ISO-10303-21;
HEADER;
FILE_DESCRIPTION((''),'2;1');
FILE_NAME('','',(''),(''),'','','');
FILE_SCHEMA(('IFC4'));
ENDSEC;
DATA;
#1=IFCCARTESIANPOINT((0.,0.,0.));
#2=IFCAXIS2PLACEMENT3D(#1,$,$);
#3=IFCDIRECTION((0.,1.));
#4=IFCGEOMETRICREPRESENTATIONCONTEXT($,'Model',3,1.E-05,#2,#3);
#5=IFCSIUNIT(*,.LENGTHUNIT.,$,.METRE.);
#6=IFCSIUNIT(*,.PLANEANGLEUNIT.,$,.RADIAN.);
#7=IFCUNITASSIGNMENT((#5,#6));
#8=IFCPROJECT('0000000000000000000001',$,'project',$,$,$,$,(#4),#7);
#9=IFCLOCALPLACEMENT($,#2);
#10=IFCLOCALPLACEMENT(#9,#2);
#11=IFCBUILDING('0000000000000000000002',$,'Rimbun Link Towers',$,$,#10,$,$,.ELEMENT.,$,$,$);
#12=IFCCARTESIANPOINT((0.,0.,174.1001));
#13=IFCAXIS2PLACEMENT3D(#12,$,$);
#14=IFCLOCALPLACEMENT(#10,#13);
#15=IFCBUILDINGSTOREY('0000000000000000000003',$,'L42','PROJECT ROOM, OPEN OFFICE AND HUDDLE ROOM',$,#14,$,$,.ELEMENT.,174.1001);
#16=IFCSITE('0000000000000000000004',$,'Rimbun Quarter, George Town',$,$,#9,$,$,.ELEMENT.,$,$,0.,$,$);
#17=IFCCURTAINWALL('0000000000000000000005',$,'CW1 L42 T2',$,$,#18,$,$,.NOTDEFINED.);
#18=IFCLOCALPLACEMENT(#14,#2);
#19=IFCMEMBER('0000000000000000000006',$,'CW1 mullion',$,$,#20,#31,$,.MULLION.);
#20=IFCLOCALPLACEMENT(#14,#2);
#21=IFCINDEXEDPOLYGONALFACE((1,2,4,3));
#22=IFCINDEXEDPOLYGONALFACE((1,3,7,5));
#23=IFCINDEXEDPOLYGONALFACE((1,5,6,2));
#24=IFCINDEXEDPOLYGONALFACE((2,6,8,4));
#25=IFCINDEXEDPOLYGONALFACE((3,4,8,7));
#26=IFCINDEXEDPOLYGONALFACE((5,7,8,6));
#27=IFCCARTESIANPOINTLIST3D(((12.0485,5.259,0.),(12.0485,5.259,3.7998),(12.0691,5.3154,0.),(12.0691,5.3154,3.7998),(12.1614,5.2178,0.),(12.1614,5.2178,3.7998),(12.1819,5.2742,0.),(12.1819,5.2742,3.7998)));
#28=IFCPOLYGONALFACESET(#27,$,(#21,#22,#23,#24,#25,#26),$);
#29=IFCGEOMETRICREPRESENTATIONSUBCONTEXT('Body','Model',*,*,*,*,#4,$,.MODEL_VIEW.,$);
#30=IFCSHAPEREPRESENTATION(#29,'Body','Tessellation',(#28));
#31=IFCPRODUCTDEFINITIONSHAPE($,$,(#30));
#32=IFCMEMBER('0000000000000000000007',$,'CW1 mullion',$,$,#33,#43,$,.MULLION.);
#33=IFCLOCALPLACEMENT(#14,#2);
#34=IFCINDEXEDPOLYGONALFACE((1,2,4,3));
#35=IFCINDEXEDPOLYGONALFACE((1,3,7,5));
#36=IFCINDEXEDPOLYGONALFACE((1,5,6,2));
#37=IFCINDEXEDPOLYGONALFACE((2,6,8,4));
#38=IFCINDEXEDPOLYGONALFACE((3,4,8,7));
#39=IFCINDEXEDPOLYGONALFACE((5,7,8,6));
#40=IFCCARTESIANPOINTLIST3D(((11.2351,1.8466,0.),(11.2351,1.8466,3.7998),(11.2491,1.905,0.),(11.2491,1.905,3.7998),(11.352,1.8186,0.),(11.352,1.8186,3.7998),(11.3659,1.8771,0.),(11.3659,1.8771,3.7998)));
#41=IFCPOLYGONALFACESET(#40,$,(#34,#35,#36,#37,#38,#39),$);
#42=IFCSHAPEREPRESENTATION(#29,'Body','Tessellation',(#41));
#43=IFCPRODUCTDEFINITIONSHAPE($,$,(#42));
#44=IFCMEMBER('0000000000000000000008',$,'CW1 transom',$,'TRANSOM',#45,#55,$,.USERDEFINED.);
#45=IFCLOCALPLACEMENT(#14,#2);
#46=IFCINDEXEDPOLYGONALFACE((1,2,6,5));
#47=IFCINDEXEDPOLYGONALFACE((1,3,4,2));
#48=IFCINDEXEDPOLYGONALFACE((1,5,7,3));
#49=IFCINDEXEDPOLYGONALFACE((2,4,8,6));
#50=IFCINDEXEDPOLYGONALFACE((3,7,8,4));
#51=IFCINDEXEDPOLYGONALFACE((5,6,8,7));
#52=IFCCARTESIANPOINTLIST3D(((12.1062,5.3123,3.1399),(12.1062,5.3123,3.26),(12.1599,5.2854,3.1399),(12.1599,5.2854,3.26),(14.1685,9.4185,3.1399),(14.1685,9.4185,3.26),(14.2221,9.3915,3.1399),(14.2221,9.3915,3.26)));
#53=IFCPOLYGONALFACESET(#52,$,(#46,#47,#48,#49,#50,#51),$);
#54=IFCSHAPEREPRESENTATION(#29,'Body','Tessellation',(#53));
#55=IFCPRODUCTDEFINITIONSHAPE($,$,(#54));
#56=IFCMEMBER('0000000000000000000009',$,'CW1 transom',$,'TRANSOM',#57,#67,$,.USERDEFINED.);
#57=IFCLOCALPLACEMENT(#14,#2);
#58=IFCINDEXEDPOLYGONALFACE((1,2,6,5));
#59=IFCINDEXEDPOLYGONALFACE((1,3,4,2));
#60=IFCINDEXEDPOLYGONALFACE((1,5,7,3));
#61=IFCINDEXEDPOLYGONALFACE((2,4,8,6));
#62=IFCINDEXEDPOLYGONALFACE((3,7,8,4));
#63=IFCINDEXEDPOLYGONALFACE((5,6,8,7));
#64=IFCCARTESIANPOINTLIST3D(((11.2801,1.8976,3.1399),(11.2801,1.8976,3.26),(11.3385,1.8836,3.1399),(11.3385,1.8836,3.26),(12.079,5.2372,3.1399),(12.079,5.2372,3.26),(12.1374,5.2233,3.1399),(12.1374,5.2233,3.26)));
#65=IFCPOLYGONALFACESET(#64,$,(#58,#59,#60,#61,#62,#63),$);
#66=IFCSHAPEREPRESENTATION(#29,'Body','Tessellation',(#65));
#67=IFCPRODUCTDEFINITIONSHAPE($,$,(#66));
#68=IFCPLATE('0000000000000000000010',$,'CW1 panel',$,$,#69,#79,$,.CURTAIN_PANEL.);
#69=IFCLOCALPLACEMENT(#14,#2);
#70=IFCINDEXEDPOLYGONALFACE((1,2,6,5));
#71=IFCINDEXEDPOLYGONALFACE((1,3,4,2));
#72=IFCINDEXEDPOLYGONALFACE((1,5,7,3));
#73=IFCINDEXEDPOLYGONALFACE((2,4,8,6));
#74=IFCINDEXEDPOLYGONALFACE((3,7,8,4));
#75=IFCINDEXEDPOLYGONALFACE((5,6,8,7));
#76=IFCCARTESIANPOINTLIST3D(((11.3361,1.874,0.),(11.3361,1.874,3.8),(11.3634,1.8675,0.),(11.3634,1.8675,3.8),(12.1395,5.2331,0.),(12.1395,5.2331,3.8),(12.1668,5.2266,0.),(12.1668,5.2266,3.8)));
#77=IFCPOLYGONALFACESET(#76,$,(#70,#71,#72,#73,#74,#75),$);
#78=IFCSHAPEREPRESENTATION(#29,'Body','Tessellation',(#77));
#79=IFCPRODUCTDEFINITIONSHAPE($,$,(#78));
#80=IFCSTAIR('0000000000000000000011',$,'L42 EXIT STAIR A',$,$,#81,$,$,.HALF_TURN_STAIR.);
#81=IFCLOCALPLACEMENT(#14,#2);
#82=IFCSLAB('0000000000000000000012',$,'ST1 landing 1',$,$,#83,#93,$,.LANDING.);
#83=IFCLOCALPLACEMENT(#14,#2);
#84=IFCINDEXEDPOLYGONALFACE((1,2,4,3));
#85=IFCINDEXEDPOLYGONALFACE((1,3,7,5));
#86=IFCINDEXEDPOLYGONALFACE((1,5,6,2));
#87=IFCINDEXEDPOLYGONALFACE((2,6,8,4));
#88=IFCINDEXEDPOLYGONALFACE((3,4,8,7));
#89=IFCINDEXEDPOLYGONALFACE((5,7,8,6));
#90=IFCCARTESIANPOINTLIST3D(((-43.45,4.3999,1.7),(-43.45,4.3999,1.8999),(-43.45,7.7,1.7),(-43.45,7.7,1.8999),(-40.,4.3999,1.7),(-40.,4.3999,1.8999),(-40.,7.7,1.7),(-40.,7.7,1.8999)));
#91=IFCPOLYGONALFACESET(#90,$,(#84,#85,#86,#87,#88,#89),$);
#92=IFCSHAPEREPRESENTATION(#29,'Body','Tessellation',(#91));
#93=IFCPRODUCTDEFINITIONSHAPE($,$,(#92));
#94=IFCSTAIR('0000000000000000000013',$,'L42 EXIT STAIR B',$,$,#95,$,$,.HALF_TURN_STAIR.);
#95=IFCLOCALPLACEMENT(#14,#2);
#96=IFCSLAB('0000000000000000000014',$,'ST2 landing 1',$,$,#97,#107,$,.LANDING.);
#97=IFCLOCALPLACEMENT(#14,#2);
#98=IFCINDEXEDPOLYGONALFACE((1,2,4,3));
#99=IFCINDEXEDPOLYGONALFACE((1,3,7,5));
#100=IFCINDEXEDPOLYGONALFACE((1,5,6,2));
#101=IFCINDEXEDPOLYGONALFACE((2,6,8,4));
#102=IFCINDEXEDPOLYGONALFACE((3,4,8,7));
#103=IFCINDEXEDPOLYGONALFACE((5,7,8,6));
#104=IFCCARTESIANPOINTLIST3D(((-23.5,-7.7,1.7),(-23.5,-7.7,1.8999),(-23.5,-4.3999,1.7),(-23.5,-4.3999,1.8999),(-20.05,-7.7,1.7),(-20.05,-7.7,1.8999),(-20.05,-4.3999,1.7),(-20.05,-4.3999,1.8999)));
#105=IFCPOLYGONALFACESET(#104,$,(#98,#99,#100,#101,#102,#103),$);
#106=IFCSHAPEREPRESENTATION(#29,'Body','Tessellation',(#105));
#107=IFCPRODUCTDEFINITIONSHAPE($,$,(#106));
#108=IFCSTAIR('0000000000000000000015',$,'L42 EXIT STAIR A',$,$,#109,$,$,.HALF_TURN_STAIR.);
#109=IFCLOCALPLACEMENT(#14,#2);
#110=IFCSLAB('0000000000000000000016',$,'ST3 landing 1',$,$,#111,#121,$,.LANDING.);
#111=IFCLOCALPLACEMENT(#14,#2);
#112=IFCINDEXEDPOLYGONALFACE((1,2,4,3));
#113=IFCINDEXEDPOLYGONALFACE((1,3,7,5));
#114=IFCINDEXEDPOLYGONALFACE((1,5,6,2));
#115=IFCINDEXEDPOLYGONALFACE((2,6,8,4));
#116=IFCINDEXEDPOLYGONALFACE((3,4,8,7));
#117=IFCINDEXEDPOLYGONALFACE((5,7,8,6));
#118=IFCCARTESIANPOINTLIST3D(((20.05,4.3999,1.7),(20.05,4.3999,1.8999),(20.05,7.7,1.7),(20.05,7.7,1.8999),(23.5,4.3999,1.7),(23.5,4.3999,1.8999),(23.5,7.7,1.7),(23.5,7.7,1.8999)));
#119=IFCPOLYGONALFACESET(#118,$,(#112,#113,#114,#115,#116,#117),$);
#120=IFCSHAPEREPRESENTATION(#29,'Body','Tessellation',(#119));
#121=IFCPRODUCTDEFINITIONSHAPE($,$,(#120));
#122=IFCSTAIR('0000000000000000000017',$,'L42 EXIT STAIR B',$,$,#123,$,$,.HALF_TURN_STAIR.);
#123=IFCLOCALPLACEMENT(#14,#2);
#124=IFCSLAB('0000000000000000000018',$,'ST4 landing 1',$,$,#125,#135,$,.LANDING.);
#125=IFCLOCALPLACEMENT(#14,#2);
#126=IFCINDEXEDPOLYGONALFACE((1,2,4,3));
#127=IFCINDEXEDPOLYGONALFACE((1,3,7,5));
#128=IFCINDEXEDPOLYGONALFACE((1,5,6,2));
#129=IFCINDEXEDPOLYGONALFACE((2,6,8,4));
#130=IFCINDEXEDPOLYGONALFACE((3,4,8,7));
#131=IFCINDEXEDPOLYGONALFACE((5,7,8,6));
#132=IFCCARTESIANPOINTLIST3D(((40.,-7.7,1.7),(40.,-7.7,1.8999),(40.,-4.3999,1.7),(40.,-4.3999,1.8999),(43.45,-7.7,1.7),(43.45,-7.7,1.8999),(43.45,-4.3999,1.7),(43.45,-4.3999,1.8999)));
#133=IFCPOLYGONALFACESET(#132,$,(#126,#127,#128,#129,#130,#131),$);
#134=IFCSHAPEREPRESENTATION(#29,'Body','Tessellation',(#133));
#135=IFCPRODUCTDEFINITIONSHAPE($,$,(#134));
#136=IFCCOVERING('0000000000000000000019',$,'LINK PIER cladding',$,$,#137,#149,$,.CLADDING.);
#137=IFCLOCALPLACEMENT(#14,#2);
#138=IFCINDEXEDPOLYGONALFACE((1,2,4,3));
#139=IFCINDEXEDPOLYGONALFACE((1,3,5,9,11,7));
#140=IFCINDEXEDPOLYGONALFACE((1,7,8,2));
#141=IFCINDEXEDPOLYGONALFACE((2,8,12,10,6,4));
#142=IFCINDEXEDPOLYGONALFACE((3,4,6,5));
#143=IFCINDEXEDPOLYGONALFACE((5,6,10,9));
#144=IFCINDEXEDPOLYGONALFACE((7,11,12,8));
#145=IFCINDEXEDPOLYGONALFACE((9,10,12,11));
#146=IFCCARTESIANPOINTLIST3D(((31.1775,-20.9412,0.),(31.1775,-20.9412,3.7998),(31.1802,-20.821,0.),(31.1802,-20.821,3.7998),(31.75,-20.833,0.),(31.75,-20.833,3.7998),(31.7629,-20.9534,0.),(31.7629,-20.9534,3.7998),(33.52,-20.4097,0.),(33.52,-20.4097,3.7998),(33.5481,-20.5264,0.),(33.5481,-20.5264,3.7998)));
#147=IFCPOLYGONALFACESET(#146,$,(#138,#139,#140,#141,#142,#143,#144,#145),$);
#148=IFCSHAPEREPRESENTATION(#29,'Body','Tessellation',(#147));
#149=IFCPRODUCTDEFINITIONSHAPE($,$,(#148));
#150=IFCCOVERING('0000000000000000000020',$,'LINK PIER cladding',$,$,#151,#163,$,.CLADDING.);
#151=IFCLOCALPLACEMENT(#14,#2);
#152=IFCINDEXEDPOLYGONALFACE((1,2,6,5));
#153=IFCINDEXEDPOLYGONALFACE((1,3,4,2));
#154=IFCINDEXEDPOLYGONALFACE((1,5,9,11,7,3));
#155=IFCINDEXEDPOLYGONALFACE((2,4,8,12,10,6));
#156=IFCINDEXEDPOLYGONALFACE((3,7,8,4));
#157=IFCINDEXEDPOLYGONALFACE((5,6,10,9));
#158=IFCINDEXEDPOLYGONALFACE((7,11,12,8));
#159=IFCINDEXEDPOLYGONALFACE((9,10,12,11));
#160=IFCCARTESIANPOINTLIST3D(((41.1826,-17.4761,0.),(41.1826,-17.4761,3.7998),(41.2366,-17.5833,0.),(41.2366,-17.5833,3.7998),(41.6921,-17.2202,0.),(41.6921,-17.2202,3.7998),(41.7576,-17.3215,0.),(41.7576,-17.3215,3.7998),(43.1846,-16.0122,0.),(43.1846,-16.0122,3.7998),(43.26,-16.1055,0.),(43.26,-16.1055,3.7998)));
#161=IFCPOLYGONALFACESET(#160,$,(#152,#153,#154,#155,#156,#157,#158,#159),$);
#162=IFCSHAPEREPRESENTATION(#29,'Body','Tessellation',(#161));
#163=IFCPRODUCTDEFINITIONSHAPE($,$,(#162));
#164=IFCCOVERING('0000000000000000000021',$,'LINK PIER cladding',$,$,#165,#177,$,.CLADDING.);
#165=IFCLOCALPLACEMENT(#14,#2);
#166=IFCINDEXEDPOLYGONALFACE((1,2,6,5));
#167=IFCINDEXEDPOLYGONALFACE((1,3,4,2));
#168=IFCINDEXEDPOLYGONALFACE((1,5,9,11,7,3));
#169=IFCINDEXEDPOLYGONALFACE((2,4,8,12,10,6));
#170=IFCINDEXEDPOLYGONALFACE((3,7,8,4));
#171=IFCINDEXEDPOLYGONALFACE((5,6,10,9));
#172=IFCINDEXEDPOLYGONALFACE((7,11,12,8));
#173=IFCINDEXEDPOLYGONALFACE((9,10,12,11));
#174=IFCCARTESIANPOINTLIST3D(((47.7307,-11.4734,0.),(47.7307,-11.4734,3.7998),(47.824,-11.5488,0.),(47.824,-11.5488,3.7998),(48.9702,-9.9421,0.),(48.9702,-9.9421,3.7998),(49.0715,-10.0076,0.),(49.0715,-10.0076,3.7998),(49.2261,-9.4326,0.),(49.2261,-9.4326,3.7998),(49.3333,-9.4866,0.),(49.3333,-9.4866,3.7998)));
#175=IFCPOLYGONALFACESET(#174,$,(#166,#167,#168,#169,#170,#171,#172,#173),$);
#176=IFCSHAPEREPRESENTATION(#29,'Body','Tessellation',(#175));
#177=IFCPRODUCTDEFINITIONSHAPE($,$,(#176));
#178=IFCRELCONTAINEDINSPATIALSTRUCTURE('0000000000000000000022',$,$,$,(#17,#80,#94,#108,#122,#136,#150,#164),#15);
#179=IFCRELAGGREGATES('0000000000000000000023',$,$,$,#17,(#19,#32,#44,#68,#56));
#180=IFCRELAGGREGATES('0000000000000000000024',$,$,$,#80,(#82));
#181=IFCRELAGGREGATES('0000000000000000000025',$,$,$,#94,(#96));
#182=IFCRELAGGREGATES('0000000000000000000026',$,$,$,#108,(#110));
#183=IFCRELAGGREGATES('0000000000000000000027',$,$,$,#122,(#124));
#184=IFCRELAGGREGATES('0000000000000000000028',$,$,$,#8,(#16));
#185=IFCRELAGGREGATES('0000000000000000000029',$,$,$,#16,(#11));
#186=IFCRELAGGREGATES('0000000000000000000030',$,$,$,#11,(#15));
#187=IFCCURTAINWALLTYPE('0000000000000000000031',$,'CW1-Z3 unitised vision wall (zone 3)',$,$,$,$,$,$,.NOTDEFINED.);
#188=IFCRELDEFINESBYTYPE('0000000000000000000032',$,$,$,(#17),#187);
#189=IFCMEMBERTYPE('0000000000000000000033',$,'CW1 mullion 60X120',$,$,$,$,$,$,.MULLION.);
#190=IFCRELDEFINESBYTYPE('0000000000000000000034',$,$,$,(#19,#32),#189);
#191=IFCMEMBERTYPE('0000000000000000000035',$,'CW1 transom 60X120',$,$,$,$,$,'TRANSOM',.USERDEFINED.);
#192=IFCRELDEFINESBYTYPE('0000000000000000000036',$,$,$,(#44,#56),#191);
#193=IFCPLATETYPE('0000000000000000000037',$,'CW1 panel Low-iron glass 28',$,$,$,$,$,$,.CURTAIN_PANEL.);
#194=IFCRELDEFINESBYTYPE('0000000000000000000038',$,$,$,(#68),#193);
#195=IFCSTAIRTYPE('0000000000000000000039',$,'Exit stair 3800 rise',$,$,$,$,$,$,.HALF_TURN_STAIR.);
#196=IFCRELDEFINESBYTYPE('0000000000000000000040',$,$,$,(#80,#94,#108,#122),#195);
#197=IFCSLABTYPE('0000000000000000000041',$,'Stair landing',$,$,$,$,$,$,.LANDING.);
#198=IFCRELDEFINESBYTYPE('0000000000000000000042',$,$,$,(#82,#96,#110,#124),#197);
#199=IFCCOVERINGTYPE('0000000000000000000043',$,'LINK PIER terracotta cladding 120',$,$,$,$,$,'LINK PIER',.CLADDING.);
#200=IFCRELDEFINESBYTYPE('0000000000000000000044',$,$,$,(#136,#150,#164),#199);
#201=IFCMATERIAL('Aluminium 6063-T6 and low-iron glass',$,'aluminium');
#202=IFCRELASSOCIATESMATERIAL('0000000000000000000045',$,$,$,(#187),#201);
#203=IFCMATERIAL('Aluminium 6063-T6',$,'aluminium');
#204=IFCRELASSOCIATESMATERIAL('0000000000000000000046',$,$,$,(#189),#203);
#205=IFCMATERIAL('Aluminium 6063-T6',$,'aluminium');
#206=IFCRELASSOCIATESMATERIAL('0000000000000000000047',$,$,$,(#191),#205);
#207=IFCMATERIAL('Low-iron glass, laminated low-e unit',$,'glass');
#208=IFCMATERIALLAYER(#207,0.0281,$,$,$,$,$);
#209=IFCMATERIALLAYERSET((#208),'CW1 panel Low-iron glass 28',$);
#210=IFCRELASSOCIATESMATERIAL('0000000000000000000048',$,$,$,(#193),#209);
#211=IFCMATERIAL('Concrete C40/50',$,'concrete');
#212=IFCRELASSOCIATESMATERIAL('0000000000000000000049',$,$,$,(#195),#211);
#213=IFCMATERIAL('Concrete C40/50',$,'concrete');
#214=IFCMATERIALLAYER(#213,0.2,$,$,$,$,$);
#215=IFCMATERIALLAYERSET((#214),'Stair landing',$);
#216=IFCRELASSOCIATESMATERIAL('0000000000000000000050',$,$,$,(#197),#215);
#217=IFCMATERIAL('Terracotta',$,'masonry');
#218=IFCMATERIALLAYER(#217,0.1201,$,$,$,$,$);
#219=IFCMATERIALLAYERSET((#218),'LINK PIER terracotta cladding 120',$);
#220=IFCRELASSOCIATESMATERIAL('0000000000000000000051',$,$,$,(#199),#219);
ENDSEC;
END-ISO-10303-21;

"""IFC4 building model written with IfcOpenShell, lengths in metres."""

from ifc_helpers import new_model, si_unit, direction, frame, origin, origin_2d, place, context, subcontext, project, spatial, polyline, rectangle, outline, extrude, material, layer, layer_set, material_profile, profile_set, type_object, element, aggregate, save


model = new_model("IFC4")

# Units and contexts
model_context = context("Model", 3, precision=1e-05, world=origin(), true_north=direction((0.0, 1.0)))
body_context = subcontext(model_context, "Body", "Model", "MODEL_VIEW")
ifc_project = project(units=[si_unit("LENGTHUNIT", "METRE"), si_unit("PLANEANGLEUNIT", "RADIAN")], contexts=[model_context])

# Site, building, storey
site_placement = place(None, origin())
site = spatial("IfcSite", under=ifc_project, at=site_placement, Name="Rimbun Quarter, George Town", CompositionType="ELEMENT", RefElevation=0.0)
building_placement = place(site_placement, origin())
building = spatial("IfcBuilding", under=site, at=building_placement, Name="Rimbun Link Towers", CompositionType="ELEMENT")
storey_placement = place(building_placement, frame((0.0, 0.0, 174.1001)))
storey = spatial("IfcBuildingStorey", under=building, at=storey_placement, Name="L42", Description="PROJECT ROOM, OPEN OFFICE AND HUDDLE ROOM", CompositionType="ELEMENT", Elevation=174.1001)

# Curtain wall, members
ifc_material_1 = material(Name="Aluminium 6063-T6 and low-iron glass", Category="aluminium")
curtain_wall_type = type_object("IfcCurtainWallType", Name="CW1-Z3 unitised vision wall (zone 3)", PredefinedType="NOTDEFINED", material=ifc_material_1)
curtain_wall_placement = place(storey_placement, origin())
curtain_wall = element("IfcCurtainWall", 1, at=curtain_wall_placement, inside=storey, type_object=curtain_wall_type, Name="CW1 L42 T2", PredefinedType="NOTDEFINED")
ifc_material_2 = material(Name="Aluminium 6063-T6", Category="aluminium")
ifc_material_profile_1 = material_profile(ifc_material_2, rectangle(XDim=0.1201, YDim=0.0601, at=origin_2d()), Name="MULLION 60X120")
ifc_profile_set_1 = profile_set([ifc_material_profile_1], Name="Aluminium 6063-T6")
member_type_1 = type_object("IfcMemberType", Name="CW1 mullion 60X120", PredefinedType="MULLION", material=ifc_profile_set_1)
member_1_placement = place(storey_placement, frame((12.1152, 5.2666, 0.0), z_axis=(0.0, 0.0, 1.0), x_axis=(-0.939349, 0.342962, 0.0)))
member_1 = element("IfcMember", 2, at=member_1_placement, type_object=member_type_1, Name="CW1 mullion", PredefinedType="MULLION", context=body_context, shape_type="SweptSolid", body=[
    extrude(rectangle(XDim=0.1201, YDim=0.0601, at=origin_2d()), origin(), (0.0, 0.0, 1.0), 3.7998),
])
member_2_placement = place(storey_placement, frame((11.3005, 1.8618, 0.0), z_axis=(0.0, 0.0, 1.0), x_axis=(-0.972574, 0.232595, 0.0)))
member_2 = element("IfcMember", 3, at=member_2_placement, type_object=member_type_1, Name="CW1 mullion", PredefinedType="MULLION", context=body_context, shape_type="SweptSolid", body=[
    extrude(rectangle(XDim=0.1201, YDim=0.0601, at=origin_2d()), origin(), (0.0, 0.0, 1.0), 3.7998),
])
ifc_material_3 = material(Name="Aluminium 6063-T6", Category="aluminium")
ifc_material_profile_2 = material_profile(ifc_material_3, rectangle(XDim=0.0601, YDim=0.1201, at=origin_2d()), Name="TRANSOM 60X120")
ifc_profile_set_2 = profile_set([ifc_material_profile_2], Name="Aluminium 6063-T6")
member_type_2 = type_object("IfcMemberType", Name="CW1 transom 60X120", ElementType="TRANSOM", PredefinedType="USERDEFINED", material=ifc_profile_set_2)
member_3_placement = place(storey_placement, frame((12.1331, 5.2988, 3.2), z_axis=(0.448807, 0.893629, 0.0), x_axis=(-0.893629, 0.448807, 0.0)))
member_3 = element("IfcMember", 4, at=member_3_placement, type_object=member_type_2, Name="CW1 transom", ObjectType="TRANSOM", PredefinedType="USERDEFINED", context=body_context, shape_type="SweptSolid", body=[
    extrude(rectangle(XDim=0.0601, YDim=0.1201, at=origin_2d()), origin(), (0.0, 0.0, 1.0), 4.595),
])
member_4_placement = place(storey_placement, frame((11.3093, 1.8906, 3.2), z_axis=(0.232636, 0.972564, 0.0), x_axis=(-0.972564, 0.232636, 0.0)))
member_4 = element("IfcMember", 5, at=member_4_placement, type_object=member_type_2, Name="CW1 transom", ObjectType="TRANSOM", PredefinedType="USERDEFINED", context=body_context, shape_type="SweptSolid", body=[
    extrude(rectangle(XDim=0.0601, YDim=0.1201, at=origin_2d()), origin(), (0.0, 0.0, 1.0), 3.4338),
])

# Plate
ifc_material_4 = material(Name="Low-iron glass, laminated low-e unit", Category="glass")
ifc_layer_1 = layer(ifc_material_4, 0.0281)
ifc_layer_set_1 = layer_set([ifc_layer_1], Name="CW1 panel Low-iron glass 28")
plate_type = type_object("IfcPlateType", Name="CW1 panel Low-iron glass 28", PredefinedType="CURTAIN_PANEL", material=ifc_layer_set_1)
plate_placement = place(storey_placement, frame((11.7515, 3.5503, 0.0), z_axis=(0.0, 0.0, 1.0), x_axis=(0.232595, 0.972574, 0.0)))
plate = element("IfcPlate", 6, at=plate_placement, type_object=plate_type, Name="CW1 panel", PredefinedType="CURTAIN_PANEL", context=body_context, shape_type="SweptSolid", body=[
    extrude(rectangle(XDim=3.4539, YDim=0.0281, at=origin_2d()), origin(), (0.0, 0.0, 1.0), 3.8),
])
aggregate(curtain_wall, [member_1, member_2, member_3, plate, member_4])

# Stairs, slabs
ifc_material_5 = material(Name="Concrete C40/50", Category="concrete")
stair_type = type_object("IfcStairType", Name="Exit stair 3800 rise", PredefinedType="HALF_TURN_STAIR", material=ifc_material_5)
stair_1_placement = place(storey_placement, origin())
stair_1 = element("IfcStair", 7, at=stair_1_placement, inside=storey, type_object=stair_type, Name="L42 EXIT STAIR A", PredefinedType="HALF_TURN_STAIR")
ifc_material_6 = material(Name="Concrete C40/50", Category="concrete")
ifc_layer_2 = layer(ifc_material_6, 0.2)
ifc_layer_set_2 = layer_set([ifc_layer_2], Name="Stair landing")
slab_type = type_object("IfcSlabType", Name="Stair landing", PredefinedType="LANDING", material=ifc_layer_set_2)
slab_1_placement = place(storey_placement, frame((0.0, 0.0, 1.7)))
slab_1 = element("IfcSlab", 8, at=slab_1_placement, type_object=slab_type, Name="ST1 landing 1", PredefinedType="LANDING", context=body_context, shape_type="SweptSolid", body=[
    extrude(outline(polyline([(-40.0, 7.7), (-43.45, 7.7), (-43.45, 4.3999), (-40.0, 4.3999), (-40.0, 7.7)])), origin(), (0.0, 0.0, 1.0), 0.2),
])
aggregate(stair_1, [slab_1])
stair_2_placement = place(storey_placement, origin())
stair_2 = element("IfcStair", 9, at=stair_2_placement, inside=storey, type_object=stair_type, Name="L42 EXIT STAIR B", PredefinedType="HALF_TURN_STAIR")
slab_2_placement = place(storey_placement, frame((0.0, 0.0, 1.7)))
slab_2 = element("IfcSlab", 10, at=slab_2_placement, type_object=slab_type, Name="ST2 landing 1", PredefinedType="LANDING", context=body_context, shape_type="SweptSolid", body=[
    extrude(outline(polyline([(-23.5, -7.7), (-20.05, -7.7), (-20.05, -4.3999), (-23.5, -4.3999), (-23.5, -7.7)])), origin(), (0.0, 0.0, 1.0), 0.2),
])
aggregate(stair_2, [slab_2])
stair_3_placement = place(storey_placement, origin())
stair_3 = element("IfcStair", 11, at=stair_3_placement, inside=storey, type_object=stair_type, Name="L42 EXIT STAIR A", PredefinedType="HALF_TURN_STAIR")
slab_3_placement = place(storey_placement, frame((0.0, 0.0, 1.7)))
slab_3 = element("IfcSlab", 12, at=slab_3_placement, type_object=slab_type, Name="ST3 landing 1", PredefinedType="LANDING", context=body_context, shape_type="SweptSolid", body=[
    extrude(outline(polyline([(23.5, 7.7), (20.05, 7.7), (20.05, 4.3999), (23.5, 4.3999), (23.5, 7.7)])), origin(), (0.0, 0.0, 1.0), 0.2),
])
aggregate(stair_3, [slab_3])
stair_4_placement = place(storey_placement, origin())
stair_4 = element("IfcStair", 13, at=stair_4_placement, inside=storey, type_object=stair_type, Name="L42 EXIT STAIR B", PredefinedType="HALF_TURN_STAIR")
slab_4_placement = place(storey_placement, frame((0.0, 0.0, 1.7)))
slab_4 = element("IfcSlab", 14, at=slab_4_placement, type_object=slab_type, Name="ST4 landing 1", PredefinedType="LANDING", context=body_context, shape_type="SweptSolid", body=[
    extrude(outline(polyline([(40.0, -7.7), (43.45, -7.7), (43.45, -4.3999), (40.0, -4.3999), (40.0, -7.7)])), origin(), (0.0, 0.0, 1.0), 0.2),
])
aggregate(stair_4, [slab_4])

# Coverings
ifc_material_7 = material(Name="Terracotta", Category="masonry")
ifc_layer_3 = layer(ifc_material_7, 0.1201)
ifc_layer_set_3 = layer_set([ifc_layer_3], Name="LINK PIER terracotta cladding 120")
covering_type_1 = type_object("IfcCoveringType", Name="LINK PIER terracotta cladding 120", ElementType="LINK PIER", PredefinedType="CLADDING", material=ifc_layer_set_3)
covering_1_placement = place(storey_placement, origin())
element("IfcCovering", 15, at=covering_1_placement, inside=storey, type_object=covering_type_1, Name="LINK PIER cladding", PredefinedType="CLADDING", context=body_context, shape_type="SweptSolid", body=[
    extrude(outline(polyline([(33.52, -20.4097), (31.75, -20.833), (31.1802, -20.821), (31.1775, -20.9412), (31.7629, -20.9534), (33.5481, -20.5264), (33.52, -20.4097)])), origin(), (0.0, 0.0, 1.0), 3.7998),
])
covering_2_placement = place(storey_placement, origin())
element("IfcCovering", 16, at=covering_2_placement, inside=storey, type_object=covering_type_1, Name="LINK PIER cladding", PredefinedType="CLADDING", context=body_context, shape_type="SweptSolid", body=[
    extrude(outline(polyline([(43.1846, -16.0122), (41.6921, -17.2202), (41.1826, -17.4761), (41.2366, -17.5833), (41.7576, -17.3215), (43.26, -16.1055), (43.1846, -16.0122)])), origin(), (0.0, 0.0, 1.0), 3.7998),
])
covering_3_placement = place(storey_placement, origin())
element("IfcCovering", 17, at=covering_3_placement, inside=storey, type_object=covering_type_1, Name="LINK PIER cladding", PredefinedType="CLADDING", context=body_context, shape_type="SweptSolid", body=[
    extrude(outline(polyline([(49.2261, -9.4326), (48.9702, -9.9421), (47.7307, -11.4734), (47.824, -11.5488), (49.0715, -10.0076), (49.3333, -9.4866), (49.2261, -9.4326)])), origin(), (0.0, 0.0, 1.0), 3.7998),
])

save(model, "model.ifc")
